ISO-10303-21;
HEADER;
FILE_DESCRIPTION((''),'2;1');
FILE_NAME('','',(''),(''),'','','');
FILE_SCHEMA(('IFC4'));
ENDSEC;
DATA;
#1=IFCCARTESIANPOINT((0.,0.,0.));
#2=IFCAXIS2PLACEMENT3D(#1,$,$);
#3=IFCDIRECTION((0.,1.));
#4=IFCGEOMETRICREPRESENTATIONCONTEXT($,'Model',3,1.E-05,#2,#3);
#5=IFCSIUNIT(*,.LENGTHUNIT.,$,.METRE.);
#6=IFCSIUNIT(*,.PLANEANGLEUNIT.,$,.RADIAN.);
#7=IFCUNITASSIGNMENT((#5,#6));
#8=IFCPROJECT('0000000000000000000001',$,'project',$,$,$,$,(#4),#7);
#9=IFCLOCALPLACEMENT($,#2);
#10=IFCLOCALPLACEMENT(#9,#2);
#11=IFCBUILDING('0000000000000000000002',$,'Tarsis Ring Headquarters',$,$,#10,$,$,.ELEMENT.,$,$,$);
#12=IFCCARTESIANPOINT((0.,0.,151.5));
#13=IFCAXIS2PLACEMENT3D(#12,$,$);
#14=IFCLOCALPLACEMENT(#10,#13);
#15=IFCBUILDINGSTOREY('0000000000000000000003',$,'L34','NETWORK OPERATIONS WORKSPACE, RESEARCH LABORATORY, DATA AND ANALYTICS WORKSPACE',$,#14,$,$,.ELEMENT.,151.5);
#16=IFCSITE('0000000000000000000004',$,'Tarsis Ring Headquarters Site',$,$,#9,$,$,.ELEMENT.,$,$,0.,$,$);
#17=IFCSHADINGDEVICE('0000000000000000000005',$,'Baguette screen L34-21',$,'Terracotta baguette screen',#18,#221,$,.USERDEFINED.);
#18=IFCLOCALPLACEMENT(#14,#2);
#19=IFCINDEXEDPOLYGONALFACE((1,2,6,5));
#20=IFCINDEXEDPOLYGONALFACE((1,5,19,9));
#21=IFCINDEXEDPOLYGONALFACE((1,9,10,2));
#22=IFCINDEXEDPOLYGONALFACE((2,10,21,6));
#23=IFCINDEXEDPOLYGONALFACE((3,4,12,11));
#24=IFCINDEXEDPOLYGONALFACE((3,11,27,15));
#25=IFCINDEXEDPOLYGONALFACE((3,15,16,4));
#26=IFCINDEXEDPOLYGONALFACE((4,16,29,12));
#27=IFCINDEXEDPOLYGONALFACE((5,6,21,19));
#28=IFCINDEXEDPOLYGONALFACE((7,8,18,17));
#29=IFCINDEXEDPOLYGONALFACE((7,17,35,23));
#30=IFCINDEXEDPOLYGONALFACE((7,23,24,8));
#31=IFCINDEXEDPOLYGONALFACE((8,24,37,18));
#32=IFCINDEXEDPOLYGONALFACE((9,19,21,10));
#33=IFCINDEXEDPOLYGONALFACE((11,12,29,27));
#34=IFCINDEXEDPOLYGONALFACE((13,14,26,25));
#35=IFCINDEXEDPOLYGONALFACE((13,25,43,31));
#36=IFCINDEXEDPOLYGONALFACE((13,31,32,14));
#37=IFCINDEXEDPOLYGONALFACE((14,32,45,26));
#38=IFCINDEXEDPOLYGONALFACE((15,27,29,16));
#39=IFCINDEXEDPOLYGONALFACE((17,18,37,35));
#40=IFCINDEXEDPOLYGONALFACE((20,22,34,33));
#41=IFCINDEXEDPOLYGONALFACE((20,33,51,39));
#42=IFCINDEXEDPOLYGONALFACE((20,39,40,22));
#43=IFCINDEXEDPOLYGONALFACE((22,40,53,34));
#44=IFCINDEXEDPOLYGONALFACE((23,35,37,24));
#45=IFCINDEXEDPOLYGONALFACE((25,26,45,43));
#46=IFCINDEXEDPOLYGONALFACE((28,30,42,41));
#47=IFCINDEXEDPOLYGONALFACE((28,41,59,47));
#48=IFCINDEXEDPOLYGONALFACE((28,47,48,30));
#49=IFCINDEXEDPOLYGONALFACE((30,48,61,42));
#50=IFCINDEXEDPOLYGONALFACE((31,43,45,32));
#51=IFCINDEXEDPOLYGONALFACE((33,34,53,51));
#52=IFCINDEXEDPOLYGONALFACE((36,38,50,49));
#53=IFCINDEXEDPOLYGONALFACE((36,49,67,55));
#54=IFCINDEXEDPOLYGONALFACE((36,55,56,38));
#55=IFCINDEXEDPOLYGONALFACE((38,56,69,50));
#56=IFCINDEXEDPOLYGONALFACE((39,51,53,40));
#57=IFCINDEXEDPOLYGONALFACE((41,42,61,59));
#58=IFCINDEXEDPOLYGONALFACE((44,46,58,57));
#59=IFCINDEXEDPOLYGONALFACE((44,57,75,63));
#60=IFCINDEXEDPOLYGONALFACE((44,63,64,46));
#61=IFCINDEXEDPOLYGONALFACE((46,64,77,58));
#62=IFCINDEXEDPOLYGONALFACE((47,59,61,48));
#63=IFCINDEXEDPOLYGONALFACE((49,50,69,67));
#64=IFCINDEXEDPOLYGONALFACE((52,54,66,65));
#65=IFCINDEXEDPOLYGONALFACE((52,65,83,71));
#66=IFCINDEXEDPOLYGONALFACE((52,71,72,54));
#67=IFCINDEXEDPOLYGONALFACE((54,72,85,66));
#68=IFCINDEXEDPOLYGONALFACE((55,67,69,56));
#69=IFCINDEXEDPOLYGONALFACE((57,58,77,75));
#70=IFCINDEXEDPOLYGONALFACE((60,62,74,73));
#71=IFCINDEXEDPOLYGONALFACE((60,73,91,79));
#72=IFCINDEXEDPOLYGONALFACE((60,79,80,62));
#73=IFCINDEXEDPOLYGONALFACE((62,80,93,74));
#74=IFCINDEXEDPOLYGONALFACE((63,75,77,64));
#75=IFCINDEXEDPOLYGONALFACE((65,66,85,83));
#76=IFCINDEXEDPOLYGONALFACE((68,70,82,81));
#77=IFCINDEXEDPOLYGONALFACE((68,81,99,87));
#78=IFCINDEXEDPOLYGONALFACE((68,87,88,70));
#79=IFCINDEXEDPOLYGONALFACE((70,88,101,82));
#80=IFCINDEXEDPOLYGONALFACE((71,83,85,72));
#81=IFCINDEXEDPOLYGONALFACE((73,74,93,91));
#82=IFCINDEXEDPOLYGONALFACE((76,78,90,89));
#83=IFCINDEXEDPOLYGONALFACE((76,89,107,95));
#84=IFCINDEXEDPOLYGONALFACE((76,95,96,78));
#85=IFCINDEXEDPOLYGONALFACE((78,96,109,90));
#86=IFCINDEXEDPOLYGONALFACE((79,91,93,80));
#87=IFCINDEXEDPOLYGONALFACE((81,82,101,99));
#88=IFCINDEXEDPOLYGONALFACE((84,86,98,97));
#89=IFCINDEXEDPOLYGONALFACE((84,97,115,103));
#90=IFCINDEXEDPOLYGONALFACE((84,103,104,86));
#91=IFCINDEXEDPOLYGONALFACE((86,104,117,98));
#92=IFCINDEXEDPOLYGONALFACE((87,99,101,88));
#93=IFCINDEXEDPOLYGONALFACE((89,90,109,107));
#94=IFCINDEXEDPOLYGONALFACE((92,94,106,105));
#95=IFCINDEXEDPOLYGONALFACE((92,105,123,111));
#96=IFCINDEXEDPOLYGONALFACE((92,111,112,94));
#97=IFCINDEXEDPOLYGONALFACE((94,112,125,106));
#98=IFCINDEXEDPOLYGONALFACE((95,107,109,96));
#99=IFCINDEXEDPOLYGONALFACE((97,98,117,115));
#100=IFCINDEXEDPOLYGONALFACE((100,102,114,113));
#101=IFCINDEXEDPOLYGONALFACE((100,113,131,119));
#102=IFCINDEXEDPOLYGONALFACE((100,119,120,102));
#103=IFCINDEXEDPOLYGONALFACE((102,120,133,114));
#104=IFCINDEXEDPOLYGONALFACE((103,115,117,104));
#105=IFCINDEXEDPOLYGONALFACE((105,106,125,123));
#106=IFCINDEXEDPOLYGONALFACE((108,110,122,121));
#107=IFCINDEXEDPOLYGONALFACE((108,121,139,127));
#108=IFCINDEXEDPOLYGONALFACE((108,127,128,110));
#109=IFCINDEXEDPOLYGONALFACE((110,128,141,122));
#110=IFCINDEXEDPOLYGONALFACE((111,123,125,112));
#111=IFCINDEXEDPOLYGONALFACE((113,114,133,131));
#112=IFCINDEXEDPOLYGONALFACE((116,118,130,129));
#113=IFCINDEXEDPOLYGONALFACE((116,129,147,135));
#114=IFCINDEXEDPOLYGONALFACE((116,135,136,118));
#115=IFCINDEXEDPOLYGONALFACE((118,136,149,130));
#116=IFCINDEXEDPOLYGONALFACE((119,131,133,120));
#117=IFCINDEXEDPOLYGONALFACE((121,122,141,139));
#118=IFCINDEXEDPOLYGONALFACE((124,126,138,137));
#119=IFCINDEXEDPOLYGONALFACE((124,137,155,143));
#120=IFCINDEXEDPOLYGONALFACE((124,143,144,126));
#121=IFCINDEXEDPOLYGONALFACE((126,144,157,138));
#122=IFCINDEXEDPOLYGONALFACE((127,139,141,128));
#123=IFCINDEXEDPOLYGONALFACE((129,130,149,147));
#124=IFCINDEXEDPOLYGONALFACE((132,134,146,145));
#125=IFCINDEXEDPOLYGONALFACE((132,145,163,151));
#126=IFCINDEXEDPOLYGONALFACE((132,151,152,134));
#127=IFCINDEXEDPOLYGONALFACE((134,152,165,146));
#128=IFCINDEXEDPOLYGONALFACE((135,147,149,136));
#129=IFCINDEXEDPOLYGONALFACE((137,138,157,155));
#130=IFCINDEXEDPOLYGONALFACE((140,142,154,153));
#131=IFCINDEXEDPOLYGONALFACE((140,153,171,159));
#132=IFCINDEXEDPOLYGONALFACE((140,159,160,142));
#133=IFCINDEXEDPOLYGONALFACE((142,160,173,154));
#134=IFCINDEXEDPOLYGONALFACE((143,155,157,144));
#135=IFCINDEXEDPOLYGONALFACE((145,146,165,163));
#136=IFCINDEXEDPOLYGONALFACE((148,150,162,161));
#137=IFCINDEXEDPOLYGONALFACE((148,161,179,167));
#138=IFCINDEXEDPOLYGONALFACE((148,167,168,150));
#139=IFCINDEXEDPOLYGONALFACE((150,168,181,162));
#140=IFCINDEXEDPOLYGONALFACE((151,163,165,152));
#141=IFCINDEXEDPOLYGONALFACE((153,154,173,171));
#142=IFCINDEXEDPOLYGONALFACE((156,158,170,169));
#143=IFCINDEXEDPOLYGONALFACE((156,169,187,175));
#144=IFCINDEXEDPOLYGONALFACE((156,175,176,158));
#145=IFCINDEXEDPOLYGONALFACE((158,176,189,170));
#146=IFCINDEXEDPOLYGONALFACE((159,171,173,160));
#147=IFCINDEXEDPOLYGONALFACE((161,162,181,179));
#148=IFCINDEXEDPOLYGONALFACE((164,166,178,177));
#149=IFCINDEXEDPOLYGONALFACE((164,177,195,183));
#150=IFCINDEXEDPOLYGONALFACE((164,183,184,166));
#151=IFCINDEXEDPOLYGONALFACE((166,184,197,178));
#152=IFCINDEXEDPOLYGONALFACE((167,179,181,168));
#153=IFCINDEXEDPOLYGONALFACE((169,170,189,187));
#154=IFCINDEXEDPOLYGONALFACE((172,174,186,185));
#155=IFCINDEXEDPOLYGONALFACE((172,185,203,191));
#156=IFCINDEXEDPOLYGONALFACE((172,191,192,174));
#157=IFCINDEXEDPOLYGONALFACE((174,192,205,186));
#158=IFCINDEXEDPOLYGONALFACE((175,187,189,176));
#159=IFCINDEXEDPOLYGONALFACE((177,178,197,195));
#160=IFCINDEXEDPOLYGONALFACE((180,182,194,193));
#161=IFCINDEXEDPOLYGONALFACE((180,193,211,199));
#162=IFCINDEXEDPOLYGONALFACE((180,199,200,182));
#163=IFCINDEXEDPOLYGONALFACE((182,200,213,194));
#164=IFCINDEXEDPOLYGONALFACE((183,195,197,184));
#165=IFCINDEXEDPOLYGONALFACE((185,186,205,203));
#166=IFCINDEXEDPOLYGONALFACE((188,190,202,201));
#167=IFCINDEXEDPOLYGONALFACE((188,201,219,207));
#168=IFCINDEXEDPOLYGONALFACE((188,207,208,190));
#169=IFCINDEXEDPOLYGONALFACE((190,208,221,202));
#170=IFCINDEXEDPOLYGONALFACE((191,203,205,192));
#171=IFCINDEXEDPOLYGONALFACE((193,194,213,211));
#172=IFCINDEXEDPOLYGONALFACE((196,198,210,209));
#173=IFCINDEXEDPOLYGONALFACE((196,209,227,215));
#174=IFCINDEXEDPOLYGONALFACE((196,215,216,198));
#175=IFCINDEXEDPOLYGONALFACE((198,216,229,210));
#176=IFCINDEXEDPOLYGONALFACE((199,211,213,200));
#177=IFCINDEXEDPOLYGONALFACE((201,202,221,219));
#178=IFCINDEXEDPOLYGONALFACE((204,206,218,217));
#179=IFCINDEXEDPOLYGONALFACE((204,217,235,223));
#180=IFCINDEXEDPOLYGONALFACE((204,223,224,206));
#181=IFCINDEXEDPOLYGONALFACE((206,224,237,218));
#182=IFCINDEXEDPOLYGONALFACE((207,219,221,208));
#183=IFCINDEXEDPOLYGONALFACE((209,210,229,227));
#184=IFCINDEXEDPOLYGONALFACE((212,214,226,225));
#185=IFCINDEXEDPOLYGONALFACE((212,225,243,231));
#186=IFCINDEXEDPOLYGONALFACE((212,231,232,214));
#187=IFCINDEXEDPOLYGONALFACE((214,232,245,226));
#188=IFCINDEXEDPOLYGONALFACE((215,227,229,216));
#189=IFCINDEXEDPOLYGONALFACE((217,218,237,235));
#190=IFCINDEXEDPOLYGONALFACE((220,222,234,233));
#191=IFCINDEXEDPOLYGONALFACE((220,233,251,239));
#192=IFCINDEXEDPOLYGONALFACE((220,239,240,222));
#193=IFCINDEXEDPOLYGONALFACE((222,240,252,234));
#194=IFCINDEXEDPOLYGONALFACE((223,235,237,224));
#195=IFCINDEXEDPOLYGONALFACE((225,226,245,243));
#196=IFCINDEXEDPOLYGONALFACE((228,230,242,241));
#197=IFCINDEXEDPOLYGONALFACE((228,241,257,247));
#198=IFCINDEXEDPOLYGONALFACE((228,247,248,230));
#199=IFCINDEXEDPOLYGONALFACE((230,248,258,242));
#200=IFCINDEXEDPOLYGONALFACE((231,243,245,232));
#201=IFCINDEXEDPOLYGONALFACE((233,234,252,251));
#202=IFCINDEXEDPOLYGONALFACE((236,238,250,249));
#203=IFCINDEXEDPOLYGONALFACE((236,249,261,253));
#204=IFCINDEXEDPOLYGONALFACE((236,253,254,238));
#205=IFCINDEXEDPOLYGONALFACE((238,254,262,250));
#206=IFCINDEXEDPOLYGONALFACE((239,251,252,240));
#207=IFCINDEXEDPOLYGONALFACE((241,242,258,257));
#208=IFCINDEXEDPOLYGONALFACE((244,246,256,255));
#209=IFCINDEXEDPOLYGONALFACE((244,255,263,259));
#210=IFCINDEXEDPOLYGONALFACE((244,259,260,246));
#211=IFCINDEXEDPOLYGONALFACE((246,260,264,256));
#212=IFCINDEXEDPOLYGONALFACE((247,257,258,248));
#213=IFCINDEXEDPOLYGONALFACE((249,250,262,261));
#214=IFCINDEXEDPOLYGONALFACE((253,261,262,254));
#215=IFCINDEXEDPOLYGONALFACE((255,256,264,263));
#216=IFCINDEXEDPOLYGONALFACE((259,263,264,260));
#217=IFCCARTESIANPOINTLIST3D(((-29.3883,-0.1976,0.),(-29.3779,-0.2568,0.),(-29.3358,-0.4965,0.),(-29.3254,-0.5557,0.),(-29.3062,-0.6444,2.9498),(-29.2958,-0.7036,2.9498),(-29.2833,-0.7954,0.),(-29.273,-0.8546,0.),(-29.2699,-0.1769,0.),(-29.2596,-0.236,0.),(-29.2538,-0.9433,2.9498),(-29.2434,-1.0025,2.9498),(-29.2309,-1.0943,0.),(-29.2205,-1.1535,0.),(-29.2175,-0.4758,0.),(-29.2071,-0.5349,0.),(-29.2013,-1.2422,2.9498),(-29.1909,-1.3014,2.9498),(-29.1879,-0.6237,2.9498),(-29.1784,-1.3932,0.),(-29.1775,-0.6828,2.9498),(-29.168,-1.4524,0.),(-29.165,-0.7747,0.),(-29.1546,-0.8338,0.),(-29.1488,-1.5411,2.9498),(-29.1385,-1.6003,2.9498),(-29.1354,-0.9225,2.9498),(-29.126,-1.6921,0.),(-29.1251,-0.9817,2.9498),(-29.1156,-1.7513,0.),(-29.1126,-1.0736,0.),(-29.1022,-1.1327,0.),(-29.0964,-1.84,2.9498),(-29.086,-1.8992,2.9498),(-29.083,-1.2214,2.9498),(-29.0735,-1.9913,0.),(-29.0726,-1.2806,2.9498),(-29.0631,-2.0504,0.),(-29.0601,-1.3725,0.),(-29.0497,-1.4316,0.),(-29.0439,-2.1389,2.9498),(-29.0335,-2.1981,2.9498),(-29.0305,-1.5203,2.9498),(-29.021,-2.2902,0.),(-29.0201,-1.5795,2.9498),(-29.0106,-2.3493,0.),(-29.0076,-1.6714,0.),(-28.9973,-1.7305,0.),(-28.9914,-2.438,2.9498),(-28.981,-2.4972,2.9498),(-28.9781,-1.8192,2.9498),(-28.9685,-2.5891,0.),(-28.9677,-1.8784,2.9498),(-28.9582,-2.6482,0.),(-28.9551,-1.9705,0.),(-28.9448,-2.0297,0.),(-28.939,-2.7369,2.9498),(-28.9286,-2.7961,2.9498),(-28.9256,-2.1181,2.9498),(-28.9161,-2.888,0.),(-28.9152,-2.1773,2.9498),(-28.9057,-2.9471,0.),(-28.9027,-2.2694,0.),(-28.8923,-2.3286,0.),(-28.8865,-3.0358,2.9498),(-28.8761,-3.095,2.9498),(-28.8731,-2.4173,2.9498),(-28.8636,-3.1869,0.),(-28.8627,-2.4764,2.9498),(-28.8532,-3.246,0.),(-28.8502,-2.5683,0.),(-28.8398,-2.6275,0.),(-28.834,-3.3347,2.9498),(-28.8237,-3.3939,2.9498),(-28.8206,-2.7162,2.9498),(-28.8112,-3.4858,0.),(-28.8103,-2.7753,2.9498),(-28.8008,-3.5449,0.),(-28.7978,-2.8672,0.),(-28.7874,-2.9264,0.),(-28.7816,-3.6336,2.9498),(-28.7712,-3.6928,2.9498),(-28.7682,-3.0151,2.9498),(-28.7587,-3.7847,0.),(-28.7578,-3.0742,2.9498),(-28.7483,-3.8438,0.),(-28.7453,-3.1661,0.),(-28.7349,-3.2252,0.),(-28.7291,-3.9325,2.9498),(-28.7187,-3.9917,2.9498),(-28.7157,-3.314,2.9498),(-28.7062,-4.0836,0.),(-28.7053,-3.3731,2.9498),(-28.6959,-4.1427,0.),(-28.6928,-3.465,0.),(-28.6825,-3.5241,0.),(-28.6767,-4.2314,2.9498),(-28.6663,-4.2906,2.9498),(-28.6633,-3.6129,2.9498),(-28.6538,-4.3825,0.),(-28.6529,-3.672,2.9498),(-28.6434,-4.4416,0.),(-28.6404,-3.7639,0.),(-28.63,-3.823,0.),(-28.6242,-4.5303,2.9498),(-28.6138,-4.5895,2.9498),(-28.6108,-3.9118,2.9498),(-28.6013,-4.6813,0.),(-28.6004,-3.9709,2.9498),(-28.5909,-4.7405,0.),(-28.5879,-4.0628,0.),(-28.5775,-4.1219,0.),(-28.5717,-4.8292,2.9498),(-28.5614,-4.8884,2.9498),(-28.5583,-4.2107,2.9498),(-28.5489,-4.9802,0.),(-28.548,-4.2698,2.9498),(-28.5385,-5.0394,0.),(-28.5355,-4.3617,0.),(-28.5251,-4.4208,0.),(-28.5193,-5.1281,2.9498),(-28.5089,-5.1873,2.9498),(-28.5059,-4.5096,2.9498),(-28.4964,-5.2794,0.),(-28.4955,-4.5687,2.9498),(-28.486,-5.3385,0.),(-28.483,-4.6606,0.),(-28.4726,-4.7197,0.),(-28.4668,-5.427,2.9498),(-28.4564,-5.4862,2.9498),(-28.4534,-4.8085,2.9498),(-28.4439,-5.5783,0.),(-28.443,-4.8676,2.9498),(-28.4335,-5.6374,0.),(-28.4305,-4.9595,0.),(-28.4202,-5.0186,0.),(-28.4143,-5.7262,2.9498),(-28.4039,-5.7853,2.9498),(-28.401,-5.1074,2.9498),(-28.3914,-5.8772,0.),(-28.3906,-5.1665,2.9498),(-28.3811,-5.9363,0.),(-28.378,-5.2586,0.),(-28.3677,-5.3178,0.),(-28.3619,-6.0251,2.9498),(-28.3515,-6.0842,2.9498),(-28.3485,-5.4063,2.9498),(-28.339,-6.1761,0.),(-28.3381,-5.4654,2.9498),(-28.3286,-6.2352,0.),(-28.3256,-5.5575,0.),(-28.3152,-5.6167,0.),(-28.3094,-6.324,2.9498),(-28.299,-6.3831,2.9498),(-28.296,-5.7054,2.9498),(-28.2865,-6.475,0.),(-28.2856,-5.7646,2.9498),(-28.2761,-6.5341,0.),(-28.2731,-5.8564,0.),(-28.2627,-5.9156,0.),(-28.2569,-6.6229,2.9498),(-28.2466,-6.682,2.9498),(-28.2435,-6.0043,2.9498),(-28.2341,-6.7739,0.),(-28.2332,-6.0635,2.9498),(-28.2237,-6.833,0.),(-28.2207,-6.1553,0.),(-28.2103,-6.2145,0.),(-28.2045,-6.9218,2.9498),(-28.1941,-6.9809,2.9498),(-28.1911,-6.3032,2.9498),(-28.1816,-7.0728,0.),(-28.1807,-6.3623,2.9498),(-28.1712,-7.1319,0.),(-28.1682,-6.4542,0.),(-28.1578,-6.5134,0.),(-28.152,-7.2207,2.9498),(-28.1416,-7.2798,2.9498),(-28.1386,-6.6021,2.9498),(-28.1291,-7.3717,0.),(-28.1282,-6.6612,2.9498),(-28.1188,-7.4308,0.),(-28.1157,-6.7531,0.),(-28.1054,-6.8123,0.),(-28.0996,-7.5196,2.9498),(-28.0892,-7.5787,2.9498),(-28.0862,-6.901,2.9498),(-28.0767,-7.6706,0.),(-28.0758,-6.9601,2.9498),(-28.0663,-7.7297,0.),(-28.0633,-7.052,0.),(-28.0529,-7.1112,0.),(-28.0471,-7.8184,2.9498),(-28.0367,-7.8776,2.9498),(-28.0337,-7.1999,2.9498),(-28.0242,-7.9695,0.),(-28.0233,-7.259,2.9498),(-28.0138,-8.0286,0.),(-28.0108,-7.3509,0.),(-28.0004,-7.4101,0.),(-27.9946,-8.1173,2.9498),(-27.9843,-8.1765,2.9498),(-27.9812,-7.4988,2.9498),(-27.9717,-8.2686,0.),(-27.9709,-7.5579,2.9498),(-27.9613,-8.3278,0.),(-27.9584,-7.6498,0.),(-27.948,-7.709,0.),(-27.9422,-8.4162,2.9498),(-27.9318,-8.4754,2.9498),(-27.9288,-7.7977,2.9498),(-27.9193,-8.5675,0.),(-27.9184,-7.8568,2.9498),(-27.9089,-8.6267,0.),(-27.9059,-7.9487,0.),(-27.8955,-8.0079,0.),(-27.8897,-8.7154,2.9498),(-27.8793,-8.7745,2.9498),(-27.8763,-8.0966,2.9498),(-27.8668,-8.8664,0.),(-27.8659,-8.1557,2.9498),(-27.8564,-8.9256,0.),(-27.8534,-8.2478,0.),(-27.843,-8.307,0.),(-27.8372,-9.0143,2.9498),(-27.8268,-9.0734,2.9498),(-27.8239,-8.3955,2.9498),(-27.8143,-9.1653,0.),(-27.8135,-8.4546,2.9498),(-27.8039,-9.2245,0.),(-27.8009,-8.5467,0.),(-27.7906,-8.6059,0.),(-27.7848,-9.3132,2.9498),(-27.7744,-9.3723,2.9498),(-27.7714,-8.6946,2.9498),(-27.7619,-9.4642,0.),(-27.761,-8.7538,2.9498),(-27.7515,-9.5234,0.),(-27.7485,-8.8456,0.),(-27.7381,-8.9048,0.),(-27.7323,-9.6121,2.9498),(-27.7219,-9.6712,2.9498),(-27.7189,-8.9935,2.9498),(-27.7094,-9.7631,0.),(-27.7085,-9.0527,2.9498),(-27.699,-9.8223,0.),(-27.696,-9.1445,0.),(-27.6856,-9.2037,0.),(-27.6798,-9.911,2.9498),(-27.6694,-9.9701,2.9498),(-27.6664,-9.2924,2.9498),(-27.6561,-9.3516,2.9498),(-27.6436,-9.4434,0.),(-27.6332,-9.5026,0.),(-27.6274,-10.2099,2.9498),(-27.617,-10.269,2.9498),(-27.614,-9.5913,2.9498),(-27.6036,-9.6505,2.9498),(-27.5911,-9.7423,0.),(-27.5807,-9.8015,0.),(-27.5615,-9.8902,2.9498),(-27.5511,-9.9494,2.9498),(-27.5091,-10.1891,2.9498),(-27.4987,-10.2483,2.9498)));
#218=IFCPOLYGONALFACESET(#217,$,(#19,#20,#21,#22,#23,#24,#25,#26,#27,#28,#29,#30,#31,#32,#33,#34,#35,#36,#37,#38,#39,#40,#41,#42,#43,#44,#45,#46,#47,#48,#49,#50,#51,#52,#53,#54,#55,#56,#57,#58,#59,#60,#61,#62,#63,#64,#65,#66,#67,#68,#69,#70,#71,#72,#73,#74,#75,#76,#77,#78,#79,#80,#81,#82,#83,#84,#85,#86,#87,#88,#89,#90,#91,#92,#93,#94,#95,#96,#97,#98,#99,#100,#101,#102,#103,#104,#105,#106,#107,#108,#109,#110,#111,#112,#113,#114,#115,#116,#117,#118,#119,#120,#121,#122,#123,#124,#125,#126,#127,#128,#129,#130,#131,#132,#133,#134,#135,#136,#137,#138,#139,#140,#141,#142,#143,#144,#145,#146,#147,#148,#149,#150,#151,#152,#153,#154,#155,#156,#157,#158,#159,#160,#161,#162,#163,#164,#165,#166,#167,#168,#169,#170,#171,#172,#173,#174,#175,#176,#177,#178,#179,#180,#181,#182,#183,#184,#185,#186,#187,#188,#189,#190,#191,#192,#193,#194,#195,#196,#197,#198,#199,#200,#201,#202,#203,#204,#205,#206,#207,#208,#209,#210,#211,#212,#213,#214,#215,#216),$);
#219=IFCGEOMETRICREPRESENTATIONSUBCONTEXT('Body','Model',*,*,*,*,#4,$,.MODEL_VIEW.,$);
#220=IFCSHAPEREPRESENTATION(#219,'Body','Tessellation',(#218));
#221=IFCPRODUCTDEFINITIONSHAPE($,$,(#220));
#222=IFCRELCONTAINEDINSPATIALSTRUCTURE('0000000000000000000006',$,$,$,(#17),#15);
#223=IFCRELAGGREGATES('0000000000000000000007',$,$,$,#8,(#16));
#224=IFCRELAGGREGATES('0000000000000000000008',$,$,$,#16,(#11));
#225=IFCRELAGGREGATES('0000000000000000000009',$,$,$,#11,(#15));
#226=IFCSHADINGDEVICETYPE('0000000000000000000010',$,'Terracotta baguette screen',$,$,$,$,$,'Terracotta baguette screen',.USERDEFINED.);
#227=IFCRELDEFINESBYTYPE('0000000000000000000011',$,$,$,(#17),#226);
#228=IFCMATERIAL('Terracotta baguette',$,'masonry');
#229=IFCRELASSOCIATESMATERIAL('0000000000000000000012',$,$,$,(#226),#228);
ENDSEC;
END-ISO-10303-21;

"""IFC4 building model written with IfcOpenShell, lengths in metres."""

from ifc_helpers import new_model, si_unit, direction, frame, frame_2d, origin, place, context, subcontext, project, spatial, rectangle, composite_profile, extrude, material, type_object, element, save


model = new_model("IFC4")

# Units and contexts
model_context = context("Model", 3, precision=1e-05, world=origin(), true_north=direction((0.0, 1.0)))
body_context = subcontext(model_context, "Body", "Model", "MODEL_VIEW")
ifc_project = project(units=[si_unit("LENGTHUNIT", "METRE"), si_unit("PLANEANGLEUNIT", "RADIAN")], contexts=[model_context])

# Site, building, storey
site_placement = place(None, origin())
site = spatial("IfcSite", under=ifc_project, at=site_placement, Name="Tarsis Ring Headquarters Site", CompositionType="ELEMENT", RefElevation=0.0)
building_placement = place(site_placement, origin())
building = spatial("IfcBuilding", under=site, at=building_placement, Name="Tarsis Ring Headquarters", CompositionType="ELEMENT")
storey_placement = place(building_placement, frame((0.0, 0.0, 151.5)))
storey = spatial("IfcBuildingStorey", under=building, at=storey_placement, Name="L34", Description="NETWORK OPERATIONS WORKSPACE, RESEARCH LABORATORY, DATA AND ANALYTICS WORKSPACE", CompositionType="ELEMENT", Elevation=151.5)

# Shading device
ifc_material_1 = material(Name="Terracotta baguette", Category="masonry")
shading_device_type = type_object("IfcShadingDeviceType", Name="Terracotta baguette screen", ElementType="Terracotta baguette screen", PredefinedType="USERDEFINED", material=ifc_material_1)
shading_device_1_placement = place(storey_placement, frame((-29.3291, -0.1873, 0.0), z_axis=(0.0, 0.0, 1.0), x_axis=(0.172867, -0.984934, 0.0)))
element("IfcShadingDevice", 1, at=shading_device_1_placement, inside=storey, type_object=shading_device_type, Name="Baguette screen L34-21", ObjectType="Terracotta baguette screen", PredefinedType="USERDEFINED", context=body_context, shape_type="SweptSolid", body=[
    extrude(composite_profile([rectangle(XDim=0.0601, YDim=0.1201, at=frame_2d((0.03, 0.0))), rectangle(XDim=0.0601, YDim=0.1201, at=frame_2d((0.3335, 0.0))), rectangle(XDim=0.0601, YDim=0.1201, at=frame_2d((0.637, 0.0))), rectangle(XDim=0.0601, YDim=0.1201, at=frame_2d((0.9404, 0.0))), rectangle(XDim=0.0601, YDim=0.1201, at=frame_2d((1.2439, 0.0))), rectangle(XDim=0.0601, YDim=0.1201, at=frame_2d((1.5474, 0.0))), rectangle(XDim=0.0601, YDim=0.1201, at=frame_2d((1.8511, 0.0))), rectangle(XDim=0.0601, YDim=0.1201, at=frame_2d((2.1545, 0.0))), rectangle(XDim=0.0601, YDim=0.1201, at=frame_2d((2.458, 0.0))), rectangle(XDim=0.0601, YDim=0.1201, at=frame_2d((2.7615, 0.0))), rectangle(XDim=0.0601, YDim=0.1201, at=frame_2d((3.0649, 0.0))), rectangle(XDim=0.0601, YDim=0.1201, at=frame_2d((3.3684, 0.0))), rectangle(XDim=0.0601, YDim=0.1201, at=frame_2d((3.6719, 0.0))), rectangle(XDim=0.0601, YDim=0.1201, at=frame_2d((3.9753, 0.0))), rectangle(XDim=0.0601, YDim=0.1201, at=frame_2d((4.2788, 0.0))), rectangle(XDim=0.0601, YDim=0.1201, at=frame_2d((4.5823, 0.0))), rectangle(XDim=0.0601, YDim=0.1201, at=frame_2d((4.8857, 0.0))), rectangle(XDim=0.0601, YDim=0.1201, at=frame_2d((5.1895, 0.0))), rectangle(XDim=0.0601, YDim=0.1201, at=frame_2d((5.4929, 0.0))), rectangle(XDim=0.0601, YDim=0.1201, at=frame_2d((5.7964, 0.0))), rectangle(XDim=0.0601, YDim=0.1201, at=frame_2d((6.0999, 0.0))), rectangle(XDim=0.0601, YDim=0.1201, at=frame_2d((6.4033, 0.0))), rectangle(XDim=0.0601, YDim=0.1201, at=frame_2d((6.7068, 0.0))), rectangle(XDim=0.0601, YDim=0.1201, at=frame_2d((7.0103, 0.0))), rectangle(XDim=0.0601, YDim=0.1201, at=frame_2d((7.3137, 0.0))), rectangle(XDim=0.0601, YDim=0.1201, at=frame_2d((7.6172, 0.0))), rectangle(XDim=0.0601, YDim=0.1201, at=frame_2d((7.9207, 0.0))), rectangle(XDim=0.0601, YDim=0.1201, at=frame_2d((8.2244, 0.0))), rectangle(XDim=0.0601, YDim=0.1201, at=frame_2d((8.5278, 0.0))), rectangle(XDim=0.0601, YDim=0.1201, at=frame_2d((8.8313, 0.0))), rectangle(XDim=0.0601, YDim=0.1201, at=frame_2d((9.1348, 0.0))), rectangle(XDim=0.0601, YDim=0.1201, at=frame_2d((9.4382, 0.0))), rectangle(XDim=0.0601, YDim=0.1201, at=frame_2d((9.7417, 0.0)))]), origin(), (0.152191, 0.001196, 0.98835), 2.9846),
])

save(model, "model.ifc")
